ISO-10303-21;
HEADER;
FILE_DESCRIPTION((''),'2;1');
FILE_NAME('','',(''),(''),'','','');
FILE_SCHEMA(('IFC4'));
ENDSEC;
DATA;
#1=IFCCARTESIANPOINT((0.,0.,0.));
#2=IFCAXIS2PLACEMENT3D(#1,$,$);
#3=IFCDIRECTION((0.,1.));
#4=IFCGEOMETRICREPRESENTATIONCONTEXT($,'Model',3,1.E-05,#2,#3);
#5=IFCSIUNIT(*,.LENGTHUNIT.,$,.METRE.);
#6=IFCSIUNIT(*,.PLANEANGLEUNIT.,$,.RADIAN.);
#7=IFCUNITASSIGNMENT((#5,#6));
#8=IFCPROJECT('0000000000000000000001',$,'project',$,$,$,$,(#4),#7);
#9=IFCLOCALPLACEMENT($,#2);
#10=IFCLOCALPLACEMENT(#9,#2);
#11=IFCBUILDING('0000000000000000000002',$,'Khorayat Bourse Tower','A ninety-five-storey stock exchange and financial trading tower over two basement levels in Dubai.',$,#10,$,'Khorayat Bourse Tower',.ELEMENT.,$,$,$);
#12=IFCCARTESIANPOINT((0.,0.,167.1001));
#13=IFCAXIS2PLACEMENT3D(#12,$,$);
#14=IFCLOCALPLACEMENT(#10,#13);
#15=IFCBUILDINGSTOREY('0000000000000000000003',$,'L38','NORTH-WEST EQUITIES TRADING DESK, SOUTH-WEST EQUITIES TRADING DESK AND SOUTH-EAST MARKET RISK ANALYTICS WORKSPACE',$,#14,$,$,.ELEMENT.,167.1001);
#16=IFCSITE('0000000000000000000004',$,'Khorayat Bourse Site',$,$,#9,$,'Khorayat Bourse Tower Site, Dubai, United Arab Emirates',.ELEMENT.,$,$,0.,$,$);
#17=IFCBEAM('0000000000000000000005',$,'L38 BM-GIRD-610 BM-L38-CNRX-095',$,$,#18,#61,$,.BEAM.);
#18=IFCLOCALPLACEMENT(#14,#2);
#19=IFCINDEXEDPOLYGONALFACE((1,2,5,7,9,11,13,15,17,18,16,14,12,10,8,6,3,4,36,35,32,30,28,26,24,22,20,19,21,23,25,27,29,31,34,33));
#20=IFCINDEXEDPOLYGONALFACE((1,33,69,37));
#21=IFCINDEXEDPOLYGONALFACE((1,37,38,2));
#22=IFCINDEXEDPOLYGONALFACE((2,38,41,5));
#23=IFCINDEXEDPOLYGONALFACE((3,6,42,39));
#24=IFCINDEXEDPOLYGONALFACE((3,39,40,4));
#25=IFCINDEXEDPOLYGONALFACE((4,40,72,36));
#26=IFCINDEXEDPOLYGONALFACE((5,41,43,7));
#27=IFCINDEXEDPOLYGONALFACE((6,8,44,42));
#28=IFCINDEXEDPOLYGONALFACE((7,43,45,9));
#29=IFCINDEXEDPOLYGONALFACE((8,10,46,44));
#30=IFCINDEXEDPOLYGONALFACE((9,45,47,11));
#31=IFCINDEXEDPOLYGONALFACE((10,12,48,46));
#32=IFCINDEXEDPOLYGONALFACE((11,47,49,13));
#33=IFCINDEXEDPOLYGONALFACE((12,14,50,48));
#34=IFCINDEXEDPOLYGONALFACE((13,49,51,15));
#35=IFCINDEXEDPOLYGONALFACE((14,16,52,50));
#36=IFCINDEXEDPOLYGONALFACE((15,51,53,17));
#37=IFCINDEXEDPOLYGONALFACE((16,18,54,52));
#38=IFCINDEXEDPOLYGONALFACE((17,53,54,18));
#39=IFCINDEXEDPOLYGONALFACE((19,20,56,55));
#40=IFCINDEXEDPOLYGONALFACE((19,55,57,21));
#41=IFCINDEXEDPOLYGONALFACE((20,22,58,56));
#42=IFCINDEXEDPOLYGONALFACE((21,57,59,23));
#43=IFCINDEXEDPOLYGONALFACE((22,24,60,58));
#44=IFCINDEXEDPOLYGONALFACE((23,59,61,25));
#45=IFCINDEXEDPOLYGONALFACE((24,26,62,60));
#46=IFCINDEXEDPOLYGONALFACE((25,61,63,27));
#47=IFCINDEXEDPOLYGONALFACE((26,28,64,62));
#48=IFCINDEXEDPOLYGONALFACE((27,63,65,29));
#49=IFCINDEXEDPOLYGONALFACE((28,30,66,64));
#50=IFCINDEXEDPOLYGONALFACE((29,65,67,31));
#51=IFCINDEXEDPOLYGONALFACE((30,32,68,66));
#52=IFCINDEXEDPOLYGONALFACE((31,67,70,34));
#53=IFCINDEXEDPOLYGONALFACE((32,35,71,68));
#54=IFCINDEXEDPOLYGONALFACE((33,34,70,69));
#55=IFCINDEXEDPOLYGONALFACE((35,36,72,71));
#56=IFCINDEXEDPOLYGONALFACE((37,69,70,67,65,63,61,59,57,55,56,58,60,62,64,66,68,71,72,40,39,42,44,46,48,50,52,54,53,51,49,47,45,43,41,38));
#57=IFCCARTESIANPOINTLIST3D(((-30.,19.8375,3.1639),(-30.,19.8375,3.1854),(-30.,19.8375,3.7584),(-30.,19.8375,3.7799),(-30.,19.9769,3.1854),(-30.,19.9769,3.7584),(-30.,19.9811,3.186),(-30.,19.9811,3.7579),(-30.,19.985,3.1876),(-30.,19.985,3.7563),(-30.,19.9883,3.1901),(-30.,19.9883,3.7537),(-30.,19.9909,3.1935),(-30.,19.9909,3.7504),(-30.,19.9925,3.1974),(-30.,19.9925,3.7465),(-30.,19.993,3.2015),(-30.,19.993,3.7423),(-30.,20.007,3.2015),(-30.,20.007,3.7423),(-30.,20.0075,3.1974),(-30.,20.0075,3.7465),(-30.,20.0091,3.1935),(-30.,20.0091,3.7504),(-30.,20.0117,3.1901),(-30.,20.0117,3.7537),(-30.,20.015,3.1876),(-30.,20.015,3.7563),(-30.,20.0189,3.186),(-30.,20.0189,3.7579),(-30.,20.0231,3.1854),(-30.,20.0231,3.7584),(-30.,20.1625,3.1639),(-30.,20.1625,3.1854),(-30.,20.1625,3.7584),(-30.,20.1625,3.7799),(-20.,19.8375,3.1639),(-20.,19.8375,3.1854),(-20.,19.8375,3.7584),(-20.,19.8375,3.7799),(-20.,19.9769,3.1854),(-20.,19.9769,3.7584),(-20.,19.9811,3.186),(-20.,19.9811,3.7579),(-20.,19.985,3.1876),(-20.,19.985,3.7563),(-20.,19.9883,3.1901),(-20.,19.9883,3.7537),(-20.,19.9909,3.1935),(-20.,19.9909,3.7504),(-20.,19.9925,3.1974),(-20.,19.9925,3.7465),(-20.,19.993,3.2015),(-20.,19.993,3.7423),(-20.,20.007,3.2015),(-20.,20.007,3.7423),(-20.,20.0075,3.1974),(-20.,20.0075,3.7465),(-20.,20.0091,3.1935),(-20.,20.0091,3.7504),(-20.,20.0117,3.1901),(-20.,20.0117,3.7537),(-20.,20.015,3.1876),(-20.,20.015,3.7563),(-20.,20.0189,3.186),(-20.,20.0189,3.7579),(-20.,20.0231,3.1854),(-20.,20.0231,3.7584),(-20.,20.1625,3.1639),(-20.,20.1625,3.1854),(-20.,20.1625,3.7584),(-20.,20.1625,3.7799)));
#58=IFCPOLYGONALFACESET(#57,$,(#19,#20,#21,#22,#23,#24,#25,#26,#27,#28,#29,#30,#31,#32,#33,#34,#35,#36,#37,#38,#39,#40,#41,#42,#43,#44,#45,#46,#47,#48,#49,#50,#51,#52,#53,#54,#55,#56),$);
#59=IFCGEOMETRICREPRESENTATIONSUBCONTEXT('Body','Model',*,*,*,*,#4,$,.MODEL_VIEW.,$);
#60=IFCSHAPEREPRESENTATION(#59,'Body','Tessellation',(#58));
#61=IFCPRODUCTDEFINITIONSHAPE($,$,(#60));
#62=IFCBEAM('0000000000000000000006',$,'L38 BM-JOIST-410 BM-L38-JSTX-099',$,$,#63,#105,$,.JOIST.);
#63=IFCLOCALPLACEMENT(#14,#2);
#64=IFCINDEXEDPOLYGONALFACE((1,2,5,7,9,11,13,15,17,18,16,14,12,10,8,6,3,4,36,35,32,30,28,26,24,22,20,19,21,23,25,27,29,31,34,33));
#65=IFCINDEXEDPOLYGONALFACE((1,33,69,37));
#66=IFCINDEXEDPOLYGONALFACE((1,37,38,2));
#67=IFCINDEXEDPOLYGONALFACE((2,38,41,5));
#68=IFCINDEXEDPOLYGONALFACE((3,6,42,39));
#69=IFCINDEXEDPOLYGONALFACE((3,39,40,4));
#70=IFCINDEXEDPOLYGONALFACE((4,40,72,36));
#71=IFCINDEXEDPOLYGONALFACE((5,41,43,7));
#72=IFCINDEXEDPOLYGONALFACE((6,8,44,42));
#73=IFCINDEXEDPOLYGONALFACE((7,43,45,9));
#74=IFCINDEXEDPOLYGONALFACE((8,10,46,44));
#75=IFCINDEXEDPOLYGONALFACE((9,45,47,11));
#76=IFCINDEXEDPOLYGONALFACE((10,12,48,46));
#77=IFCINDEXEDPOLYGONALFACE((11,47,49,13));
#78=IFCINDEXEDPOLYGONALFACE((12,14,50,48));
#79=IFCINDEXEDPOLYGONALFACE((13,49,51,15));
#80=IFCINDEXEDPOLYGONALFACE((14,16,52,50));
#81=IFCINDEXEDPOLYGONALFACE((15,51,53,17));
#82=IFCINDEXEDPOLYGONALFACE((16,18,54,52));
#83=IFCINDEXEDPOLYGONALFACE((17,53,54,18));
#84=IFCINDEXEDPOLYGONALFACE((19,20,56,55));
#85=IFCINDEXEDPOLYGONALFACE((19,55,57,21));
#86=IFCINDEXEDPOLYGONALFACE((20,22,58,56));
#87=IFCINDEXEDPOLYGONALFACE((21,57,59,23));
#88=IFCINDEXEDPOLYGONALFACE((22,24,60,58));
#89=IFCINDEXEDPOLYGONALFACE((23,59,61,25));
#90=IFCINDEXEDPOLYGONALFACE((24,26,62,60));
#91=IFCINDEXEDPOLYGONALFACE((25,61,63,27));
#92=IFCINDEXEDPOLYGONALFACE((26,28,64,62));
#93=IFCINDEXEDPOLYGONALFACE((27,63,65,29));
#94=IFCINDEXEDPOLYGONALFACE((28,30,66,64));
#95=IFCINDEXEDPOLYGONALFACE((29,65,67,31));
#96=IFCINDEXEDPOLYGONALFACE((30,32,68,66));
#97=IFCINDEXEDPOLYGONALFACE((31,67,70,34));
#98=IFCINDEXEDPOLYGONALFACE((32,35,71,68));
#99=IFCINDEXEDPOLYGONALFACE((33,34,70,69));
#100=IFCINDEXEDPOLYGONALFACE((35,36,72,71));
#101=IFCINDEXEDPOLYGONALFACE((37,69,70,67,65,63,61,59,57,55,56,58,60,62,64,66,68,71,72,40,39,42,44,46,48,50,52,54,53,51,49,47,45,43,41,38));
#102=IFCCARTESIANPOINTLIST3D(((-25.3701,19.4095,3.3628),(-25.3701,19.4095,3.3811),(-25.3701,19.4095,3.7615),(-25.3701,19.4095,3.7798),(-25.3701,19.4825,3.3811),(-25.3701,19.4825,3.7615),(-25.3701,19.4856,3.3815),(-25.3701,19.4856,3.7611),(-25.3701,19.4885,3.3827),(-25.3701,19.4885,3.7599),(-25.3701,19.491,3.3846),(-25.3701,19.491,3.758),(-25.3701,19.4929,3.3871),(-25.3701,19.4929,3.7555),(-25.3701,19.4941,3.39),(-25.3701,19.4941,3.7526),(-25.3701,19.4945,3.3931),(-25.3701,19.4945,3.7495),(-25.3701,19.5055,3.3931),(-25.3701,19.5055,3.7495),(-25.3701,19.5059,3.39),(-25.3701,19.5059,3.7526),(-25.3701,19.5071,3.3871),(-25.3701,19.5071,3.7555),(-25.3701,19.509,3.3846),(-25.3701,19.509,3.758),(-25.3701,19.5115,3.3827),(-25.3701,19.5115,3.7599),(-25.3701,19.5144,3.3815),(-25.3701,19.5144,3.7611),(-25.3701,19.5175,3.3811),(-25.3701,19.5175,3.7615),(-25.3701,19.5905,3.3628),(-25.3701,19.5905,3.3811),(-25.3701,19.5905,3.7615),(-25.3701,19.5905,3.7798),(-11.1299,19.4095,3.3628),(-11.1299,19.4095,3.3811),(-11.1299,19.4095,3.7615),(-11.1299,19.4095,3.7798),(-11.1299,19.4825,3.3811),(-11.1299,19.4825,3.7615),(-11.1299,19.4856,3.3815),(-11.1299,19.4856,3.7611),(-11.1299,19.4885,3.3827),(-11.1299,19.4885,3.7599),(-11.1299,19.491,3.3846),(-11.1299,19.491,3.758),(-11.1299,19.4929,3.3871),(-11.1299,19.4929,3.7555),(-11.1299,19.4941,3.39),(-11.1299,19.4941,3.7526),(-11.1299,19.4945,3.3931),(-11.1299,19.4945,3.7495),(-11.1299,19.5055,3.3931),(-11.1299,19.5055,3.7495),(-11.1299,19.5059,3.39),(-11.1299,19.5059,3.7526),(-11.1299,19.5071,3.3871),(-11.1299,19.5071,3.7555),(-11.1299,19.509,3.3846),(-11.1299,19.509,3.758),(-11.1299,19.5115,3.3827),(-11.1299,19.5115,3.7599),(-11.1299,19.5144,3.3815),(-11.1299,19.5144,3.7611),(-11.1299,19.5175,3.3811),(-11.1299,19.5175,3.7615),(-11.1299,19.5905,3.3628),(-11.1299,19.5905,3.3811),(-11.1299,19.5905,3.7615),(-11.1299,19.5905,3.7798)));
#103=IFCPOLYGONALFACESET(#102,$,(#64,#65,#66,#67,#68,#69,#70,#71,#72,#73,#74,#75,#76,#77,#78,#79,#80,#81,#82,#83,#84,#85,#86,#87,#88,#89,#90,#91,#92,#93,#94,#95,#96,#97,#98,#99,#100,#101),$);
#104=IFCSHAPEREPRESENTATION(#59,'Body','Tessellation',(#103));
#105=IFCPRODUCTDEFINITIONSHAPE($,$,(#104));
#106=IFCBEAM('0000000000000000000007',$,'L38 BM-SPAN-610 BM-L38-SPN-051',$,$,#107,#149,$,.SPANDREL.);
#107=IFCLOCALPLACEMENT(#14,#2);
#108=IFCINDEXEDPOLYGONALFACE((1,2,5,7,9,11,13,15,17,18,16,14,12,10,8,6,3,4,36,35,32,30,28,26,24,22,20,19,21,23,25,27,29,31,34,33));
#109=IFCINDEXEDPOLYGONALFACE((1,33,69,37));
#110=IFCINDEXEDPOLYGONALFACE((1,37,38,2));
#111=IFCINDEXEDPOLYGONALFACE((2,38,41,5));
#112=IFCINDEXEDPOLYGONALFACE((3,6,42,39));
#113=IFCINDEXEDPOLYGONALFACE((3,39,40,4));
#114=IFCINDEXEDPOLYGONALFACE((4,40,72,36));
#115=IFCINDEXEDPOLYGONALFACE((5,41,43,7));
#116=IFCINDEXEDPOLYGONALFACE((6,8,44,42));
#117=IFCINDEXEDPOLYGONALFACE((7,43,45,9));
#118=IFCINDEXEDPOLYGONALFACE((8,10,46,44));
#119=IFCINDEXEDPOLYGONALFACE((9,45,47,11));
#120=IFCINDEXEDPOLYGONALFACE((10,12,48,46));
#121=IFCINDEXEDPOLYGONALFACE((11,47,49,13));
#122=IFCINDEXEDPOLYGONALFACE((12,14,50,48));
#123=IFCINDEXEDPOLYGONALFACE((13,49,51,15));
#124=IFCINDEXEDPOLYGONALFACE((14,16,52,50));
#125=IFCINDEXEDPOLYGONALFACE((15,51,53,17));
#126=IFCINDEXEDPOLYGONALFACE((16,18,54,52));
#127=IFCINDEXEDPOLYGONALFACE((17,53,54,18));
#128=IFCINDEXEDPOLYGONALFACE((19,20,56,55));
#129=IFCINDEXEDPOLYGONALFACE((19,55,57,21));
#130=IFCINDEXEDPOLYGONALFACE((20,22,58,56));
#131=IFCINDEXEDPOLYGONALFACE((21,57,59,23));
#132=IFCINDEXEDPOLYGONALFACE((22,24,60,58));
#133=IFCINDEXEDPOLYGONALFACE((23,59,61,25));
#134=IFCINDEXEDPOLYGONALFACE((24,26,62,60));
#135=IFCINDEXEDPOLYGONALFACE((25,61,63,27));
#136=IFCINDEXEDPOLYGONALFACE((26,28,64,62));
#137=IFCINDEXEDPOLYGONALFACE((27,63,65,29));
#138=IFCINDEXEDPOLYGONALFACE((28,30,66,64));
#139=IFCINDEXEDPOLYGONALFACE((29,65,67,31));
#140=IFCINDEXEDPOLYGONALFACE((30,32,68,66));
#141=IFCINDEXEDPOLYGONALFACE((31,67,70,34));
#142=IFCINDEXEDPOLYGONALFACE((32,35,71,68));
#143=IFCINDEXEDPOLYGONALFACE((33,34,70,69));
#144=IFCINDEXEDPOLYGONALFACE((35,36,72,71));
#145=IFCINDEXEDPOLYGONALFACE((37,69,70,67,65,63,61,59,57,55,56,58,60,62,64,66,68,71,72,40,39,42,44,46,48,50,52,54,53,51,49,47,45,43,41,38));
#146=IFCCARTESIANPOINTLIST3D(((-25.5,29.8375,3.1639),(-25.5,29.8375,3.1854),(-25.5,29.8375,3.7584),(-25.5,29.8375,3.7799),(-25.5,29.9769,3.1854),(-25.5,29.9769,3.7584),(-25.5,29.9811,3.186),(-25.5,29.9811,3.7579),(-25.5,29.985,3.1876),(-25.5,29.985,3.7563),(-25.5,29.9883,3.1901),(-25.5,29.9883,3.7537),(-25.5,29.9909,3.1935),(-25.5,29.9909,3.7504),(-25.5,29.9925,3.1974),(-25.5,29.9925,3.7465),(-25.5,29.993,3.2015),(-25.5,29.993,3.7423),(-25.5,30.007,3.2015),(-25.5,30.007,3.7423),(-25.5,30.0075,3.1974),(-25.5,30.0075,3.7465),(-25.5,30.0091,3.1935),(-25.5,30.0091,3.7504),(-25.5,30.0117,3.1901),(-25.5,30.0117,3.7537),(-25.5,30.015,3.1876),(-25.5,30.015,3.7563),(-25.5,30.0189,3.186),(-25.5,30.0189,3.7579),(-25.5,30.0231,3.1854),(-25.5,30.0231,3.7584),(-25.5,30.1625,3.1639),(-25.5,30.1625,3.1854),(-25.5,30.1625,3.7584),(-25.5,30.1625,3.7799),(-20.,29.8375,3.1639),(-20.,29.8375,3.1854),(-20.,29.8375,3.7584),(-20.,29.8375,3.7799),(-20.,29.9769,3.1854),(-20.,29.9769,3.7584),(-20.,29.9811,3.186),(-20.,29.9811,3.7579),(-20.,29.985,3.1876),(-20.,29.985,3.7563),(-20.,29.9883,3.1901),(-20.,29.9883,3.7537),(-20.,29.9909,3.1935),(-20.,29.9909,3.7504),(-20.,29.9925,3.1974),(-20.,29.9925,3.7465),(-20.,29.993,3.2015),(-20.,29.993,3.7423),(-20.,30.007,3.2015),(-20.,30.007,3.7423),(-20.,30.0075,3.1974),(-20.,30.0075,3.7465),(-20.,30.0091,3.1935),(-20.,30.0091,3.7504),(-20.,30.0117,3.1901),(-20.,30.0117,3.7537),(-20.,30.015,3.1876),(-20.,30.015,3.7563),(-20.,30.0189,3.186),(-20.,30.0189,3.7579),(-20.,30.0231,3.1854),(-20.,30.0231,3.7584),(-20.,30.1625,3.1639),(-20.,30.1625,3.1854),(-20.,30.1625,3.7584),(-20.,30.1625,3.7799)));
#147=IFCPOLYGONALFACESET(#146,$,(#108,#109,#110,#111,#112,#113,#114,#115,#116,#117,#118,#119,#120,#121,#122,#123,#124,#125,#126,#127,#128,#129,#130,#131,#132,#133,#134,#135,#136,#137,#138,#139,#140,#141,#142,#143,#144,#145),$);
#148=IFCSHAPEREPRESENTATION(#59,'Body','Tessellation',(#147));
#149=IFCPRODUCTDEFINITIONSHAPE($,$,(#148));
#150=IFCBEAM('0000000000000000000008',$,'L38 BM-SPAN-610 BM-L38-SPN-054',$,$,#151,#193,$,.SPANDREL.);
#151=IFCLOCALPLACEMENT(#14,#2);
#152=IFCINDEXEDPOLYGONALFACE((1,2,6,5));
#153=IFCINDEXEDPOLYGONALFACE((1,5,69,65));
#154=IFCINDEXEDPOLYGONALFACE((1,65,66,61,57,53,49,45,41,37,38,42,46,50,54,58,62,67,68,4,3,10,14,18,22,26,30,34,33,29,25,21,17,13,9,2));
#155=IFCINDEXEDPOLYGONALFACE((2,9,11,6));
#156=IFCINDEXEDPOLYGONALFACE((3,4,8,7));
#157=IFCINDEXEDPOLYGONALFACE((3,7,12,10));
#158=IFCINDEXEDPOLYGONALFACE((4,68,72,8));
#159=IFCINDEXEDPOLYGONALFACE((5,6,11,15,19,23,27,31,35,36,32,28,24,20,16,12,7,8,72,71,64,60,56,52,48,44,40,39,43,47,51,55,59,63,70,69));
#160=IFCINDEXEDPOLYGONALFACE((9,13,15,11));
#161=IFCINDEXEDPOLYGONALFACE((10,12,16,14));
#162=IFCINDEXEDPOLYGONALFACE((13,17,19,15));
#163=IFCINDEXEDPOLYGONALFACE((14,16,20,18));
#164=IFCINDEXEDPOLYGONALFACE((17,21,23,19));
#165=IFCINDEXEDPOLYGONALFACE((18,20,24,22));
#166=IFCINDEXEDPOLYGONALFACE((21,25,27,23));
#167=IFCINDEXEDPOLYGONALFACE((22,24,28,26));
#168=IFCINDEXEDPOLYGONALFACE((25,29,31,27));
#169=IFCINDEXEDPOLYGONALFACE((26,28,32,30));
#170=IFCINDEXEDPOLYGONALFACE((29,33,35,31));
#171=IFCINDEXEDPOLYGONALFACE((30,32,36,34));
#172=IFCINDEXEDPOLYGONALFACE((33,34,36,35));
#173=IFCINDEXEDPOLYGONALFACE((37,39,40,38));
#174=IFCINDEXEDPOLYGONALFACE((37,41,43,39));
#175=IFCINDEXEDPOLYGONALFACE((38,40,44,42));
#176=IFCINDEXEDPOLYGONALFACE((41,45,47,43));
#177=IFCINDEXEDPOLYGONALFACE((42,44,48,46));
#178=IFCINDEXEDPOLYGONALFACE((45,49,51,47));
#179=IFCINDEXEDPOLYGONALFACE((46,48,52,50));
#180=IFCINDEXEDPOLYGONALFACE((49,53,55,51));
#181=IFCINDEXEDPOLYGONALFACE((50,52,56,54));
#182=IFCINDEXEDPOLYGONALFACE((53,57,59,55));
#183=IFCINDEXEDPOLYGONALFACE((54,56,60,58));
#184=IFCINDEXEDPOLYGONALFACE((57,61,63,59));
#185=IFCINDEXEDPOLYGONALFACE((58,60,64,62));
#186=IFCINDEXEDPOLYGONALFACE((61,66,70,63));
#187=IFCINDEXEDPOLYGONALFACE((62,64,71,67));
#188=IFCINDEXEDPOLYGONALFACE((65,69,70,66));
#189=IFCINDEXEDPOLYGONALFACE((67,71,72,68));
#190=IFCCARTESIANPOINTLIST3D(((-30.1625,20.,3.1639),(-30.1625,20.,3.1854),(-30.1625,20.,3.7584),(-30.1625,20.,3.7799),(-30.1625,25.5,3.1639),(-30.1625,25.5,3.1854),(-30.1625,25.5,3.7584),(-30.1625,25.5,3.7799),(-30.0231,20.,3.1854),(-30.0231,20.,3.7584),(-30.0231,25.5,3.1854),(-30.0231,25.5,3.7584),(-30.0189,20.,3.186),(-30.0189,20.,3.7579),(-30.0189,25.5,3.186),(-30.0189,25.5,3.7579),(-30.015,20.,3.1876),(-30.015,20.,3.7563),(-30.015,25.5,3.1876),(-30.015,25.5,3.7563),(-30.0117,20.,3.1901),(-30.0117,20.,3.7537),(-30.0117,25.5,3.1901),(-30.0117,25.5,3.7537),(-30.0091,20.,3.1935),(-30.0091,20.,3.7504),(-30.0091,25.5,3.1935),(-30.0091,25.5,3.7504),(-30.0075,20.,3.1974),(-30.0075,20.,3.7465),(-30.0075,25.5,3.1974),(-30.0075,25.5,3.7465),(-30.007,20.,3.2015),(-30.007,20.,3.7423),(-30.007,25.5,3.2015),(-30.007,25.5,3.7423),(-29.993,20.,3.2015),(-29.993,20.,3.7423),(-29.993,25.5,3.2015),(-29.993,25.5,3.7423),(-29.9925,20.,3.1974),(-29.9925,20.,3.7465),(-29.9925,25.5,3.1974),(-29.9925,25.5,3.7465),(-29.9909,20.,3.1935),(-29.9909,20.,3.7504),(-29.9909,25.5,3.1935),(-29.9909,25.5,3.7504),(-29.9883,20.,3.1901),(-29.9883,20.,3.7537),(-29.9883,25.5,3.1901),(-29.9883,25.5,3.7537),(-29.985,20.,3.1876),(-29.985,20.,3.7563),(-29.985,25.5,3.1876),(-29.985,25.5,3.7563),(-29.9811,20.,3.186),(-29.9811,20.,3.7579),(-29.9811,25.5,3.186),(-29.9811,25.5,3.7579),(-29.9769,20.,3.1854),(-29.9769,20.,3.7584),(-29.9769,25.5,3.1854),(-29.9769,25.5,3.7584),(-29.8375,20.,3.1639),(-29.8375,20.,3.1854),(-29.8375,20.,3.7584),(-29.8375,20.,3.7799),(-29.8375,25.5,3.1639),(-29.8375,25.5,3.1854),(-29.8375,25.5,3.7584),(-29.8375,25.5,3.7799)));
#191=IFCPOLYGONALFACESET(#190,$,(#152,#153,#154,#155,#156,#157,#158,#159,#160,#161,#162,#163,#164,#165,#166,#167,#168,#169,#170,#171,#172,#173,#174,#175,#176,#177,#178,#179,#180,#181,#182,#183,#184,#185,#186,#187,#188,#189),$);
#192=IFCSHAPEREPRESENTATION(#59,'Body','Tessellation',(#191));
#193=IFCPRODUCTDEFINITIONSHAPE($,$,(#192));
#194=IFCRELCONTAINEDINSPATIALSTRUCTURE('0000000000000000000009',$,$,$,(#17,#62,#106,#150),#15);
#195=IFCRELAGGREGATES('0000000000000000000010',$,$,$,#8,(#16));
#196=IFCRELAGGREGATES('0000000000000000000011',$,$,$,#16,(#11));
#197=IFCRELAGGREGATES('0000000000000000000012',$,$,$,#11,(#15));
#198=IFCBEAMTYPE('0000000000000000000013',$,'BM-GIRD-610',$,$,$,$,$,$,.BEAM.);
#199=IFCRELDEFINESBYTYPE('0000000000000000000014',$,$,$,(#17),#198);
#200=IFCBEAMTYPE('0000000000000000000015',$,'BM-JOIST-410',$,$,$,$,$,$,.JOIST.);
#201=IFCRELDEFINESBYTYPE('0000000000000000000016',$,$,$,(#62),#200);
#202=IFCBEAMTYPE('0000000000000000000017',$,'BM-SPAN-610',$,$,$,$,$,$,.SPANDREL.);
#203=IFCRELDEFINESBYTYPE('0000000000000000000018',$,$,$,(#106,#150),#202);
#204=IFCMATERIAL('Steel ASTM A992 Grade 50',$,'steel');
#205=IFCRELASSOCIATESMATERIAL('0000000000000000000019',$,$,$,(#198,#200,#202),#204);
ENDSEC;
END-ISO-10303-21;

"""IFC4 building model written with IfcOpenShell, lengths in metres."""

from ifc_helpers import new_model, si_unit, direction, frame, origin, origin_2d, place, context, subcontext, project, spatial, i_section, extrude, source, transform, mapped, material, material_profile, profile_set, type_object, element, save


model = new_model("IFC4")

# Units and contexts
model_context = context("Model", 3, precision=1e-05, world=origin(), true_north=direction((0.0, 1.0)))
body_context = subcontext(model_context, "Body", "Model", "MODEL_VIEW")
ifc_project = project(units=[si_unit("LENGTHUNIT", "METRE"), si_unit("PLANEANGLEUNIT", "RADIAN")], contexts=[model_context])

# Site, building, storey
site_placement = place(None, origin())
site = spatial("IfcSite", under=ifc_project, at=site_placement, Name="Khorayat Bourse Site", LongName="Khorayat Bourse Tower Site, Dubai, United Arab Emirates", CompositionType="ELEMENT", RefElevation=0.0)
building_placement = place(site_placement, origin())
building = spatial("IfcBuilding", under=site, at=building_placement, Name="Khorayat Bourse Tower", Description="A ninety-five-storey stock exchange and financial trading tower over two basement levels in Dubai.", LongName="Khorayat Bourse Tower", CompositionType="ELEMENT")
storey_placement = place(building_placement, frame((0.0, 0.0, 167.1001)))
storey = spatial("IfcBuildingStorey", under=building, at=storey_placement, Name="L38", Description="NORTH-WEST EQUITIES TRADING DESK, SOUTH-WEST EQUITIES TRADING DESK AND SOUTH-EAST MARKET RISK ANALYTICS WORKSPACE", CompositionType="ELEMENT", Elevation=167.1001)

# Beams
ifc_material_1 = material(Name="Steel ASTM A992 Grade 50", Category="steel")
ifc_material_profile_1 = material_profile(ifc_material_1, i_section(OverallWidth=0.325, OverallDepth=0.616, WebThickness=0.0139, FlangeThickness=0.0215, FilletRadius=0.0161, at=origin_2d()), Name="W610X174")
ifc_profile_set_1 = profile_set([ifc_material_profile_1], Name="Steel ASTM A992 Grade 50")
beam_type_1 = type_object("IfcBeamType", Name="BM-GIRD-610", PredefinedType="BEAM", material=ifc_profile_set_1)
shared_shape_1 = source(origin(), body_context, "Body", "SweptSolid", [
    extrude(i_section(OverallWidth=0.325, OverallDepth=0.616, WebThickness=0.0139, FlangeThickness=0.0215, FilletRadius=0.0161, at=origin_2d()), origin(), (0.0, 0.0, 1.0), 10.0),
])
beam_1_placement = place(storey_placement, frame((-30.0, 20.0, 3.4719), z_axis=(1.0, 0.0, 0.0), x_axis=(0.0, 1.0, 0.0)))
element("IfcBeam", 1, at=beam_1_placement, inside=storey, type_object=beam_type_1, Name="L38 BM-GIRD-610 BM-L38-CNRX-095", PredefinedType="BEAM", context=body_context, shape_type="MappedRepresentation", body=[
    mapped(shared_shape_1, transform((0.0, 0.0, 0.0), scale=1.0)),
])
ifc_material_profile_2 = material_profile(ifc_material_1, i_section(OverallWidth=0.1809, OverallDepth=0.417, WebThickness=0.011, FlangeThickness=0.0183, FilletRadius=0.012, at=origin_2d()), Name="W410X85")
ifc_profile_set_2 = profile_set([ifc_material_profile_2], Name="Steel ASTM A992 Grade 50")
beam_type_2 = type_object("IfcBeamType", Name="BM-JOIST-410", PredefinedType="JOIST", material=ifc_profile_set_2)
shared_shape_2 = source(origin(), body_context, "Body", "SweptSolid", [
    extrude(i_section(OverallWidth=0.1809, OverallDepth=0.417, WebThickness=0.011, FlangeThickness=0.0183, FilletRadius=0.012, at=origin_2d()), origin(), (0.0, 0.0, 1.0), 14.2402),
])
beam_2_placement = place(storey_placement, frame((-25.3701, 19.5, 3.5713), z_axis=(1.0, 0.0, 0.0), x_axis=(0.0, 1.0, 0.0)))
element("IfcBeam", 2, at=beam_2_placement, inside=storey, type_object=beam_type_2, Name="L38 BM-JOIST-410 BM-L38-JSTX-099", PredefinedType="JOIST", context=body_context, shape_type="MappedRepresentation", body=[
    mapped(shared_shape_2, transform((0.0, 0.0, 0.0), scale=1.0)),
])
ifc_material_profile_3 = material_profile(ifc_material_1, i_section(OverallWidth=0.325, OverallDepth=0.616, WebThickness=0.0139, FlangeThickness=0.0215, FilletRadius=0.0161, at=origin_2d()), Name="W610X174")
ifc_profile_set_3 = profile_set([ifc_material_profile_3], Name="Steel ASTM A992 Grade 50")
beam_type_3 = type_object("IfcBeamType", Name="BM-SPAN-610", PredefinedType="SPANDREL", material=ifc_profile_set_3)
shared_shape_3 = source(origin(), body_context, "Body", "SweptSolid", [
    extrude(i_section(OverallWidth=0.325, OverallDepth=0.616, WebThickness=0.0139, FlangeThickness=0.0215, FilletRadius=0.0161, at=origin_2d()), origin(), (0.0, 0.0, 1.0), 5.5),
])
for number, where, z_axis, x_axis, name in (
    (3, (-25.5, 30.0, 3.4719), (1.0, 0.0, 0.0), (0.0, 1.0, 0.0), "L38 BM-SPAN-610 BM-L38-SPN-051"),
    (4, (-30.0, 20.0, 3.4719), (0.0, 1.0, 0.0), (-1.0, 0.0, 0.0), "L38 BM-SPAN-610 BM-L38-SPN-054"),
):
    element("IfcBeam", number, at=place(storey_placement, frame(where, z_axis=z_axis, x_axis=x_axis)), inside=storey, type_object=beam_type_3, Name=name, PredefinedType="SPANDREL", context=body_context, shape_type="MappedRepresentation", body=[
        mapped(shared_shape_3, transform((0.0, 0.0, 0.0), scale=1.0)),
    ])

save(model, "model.ifc")
